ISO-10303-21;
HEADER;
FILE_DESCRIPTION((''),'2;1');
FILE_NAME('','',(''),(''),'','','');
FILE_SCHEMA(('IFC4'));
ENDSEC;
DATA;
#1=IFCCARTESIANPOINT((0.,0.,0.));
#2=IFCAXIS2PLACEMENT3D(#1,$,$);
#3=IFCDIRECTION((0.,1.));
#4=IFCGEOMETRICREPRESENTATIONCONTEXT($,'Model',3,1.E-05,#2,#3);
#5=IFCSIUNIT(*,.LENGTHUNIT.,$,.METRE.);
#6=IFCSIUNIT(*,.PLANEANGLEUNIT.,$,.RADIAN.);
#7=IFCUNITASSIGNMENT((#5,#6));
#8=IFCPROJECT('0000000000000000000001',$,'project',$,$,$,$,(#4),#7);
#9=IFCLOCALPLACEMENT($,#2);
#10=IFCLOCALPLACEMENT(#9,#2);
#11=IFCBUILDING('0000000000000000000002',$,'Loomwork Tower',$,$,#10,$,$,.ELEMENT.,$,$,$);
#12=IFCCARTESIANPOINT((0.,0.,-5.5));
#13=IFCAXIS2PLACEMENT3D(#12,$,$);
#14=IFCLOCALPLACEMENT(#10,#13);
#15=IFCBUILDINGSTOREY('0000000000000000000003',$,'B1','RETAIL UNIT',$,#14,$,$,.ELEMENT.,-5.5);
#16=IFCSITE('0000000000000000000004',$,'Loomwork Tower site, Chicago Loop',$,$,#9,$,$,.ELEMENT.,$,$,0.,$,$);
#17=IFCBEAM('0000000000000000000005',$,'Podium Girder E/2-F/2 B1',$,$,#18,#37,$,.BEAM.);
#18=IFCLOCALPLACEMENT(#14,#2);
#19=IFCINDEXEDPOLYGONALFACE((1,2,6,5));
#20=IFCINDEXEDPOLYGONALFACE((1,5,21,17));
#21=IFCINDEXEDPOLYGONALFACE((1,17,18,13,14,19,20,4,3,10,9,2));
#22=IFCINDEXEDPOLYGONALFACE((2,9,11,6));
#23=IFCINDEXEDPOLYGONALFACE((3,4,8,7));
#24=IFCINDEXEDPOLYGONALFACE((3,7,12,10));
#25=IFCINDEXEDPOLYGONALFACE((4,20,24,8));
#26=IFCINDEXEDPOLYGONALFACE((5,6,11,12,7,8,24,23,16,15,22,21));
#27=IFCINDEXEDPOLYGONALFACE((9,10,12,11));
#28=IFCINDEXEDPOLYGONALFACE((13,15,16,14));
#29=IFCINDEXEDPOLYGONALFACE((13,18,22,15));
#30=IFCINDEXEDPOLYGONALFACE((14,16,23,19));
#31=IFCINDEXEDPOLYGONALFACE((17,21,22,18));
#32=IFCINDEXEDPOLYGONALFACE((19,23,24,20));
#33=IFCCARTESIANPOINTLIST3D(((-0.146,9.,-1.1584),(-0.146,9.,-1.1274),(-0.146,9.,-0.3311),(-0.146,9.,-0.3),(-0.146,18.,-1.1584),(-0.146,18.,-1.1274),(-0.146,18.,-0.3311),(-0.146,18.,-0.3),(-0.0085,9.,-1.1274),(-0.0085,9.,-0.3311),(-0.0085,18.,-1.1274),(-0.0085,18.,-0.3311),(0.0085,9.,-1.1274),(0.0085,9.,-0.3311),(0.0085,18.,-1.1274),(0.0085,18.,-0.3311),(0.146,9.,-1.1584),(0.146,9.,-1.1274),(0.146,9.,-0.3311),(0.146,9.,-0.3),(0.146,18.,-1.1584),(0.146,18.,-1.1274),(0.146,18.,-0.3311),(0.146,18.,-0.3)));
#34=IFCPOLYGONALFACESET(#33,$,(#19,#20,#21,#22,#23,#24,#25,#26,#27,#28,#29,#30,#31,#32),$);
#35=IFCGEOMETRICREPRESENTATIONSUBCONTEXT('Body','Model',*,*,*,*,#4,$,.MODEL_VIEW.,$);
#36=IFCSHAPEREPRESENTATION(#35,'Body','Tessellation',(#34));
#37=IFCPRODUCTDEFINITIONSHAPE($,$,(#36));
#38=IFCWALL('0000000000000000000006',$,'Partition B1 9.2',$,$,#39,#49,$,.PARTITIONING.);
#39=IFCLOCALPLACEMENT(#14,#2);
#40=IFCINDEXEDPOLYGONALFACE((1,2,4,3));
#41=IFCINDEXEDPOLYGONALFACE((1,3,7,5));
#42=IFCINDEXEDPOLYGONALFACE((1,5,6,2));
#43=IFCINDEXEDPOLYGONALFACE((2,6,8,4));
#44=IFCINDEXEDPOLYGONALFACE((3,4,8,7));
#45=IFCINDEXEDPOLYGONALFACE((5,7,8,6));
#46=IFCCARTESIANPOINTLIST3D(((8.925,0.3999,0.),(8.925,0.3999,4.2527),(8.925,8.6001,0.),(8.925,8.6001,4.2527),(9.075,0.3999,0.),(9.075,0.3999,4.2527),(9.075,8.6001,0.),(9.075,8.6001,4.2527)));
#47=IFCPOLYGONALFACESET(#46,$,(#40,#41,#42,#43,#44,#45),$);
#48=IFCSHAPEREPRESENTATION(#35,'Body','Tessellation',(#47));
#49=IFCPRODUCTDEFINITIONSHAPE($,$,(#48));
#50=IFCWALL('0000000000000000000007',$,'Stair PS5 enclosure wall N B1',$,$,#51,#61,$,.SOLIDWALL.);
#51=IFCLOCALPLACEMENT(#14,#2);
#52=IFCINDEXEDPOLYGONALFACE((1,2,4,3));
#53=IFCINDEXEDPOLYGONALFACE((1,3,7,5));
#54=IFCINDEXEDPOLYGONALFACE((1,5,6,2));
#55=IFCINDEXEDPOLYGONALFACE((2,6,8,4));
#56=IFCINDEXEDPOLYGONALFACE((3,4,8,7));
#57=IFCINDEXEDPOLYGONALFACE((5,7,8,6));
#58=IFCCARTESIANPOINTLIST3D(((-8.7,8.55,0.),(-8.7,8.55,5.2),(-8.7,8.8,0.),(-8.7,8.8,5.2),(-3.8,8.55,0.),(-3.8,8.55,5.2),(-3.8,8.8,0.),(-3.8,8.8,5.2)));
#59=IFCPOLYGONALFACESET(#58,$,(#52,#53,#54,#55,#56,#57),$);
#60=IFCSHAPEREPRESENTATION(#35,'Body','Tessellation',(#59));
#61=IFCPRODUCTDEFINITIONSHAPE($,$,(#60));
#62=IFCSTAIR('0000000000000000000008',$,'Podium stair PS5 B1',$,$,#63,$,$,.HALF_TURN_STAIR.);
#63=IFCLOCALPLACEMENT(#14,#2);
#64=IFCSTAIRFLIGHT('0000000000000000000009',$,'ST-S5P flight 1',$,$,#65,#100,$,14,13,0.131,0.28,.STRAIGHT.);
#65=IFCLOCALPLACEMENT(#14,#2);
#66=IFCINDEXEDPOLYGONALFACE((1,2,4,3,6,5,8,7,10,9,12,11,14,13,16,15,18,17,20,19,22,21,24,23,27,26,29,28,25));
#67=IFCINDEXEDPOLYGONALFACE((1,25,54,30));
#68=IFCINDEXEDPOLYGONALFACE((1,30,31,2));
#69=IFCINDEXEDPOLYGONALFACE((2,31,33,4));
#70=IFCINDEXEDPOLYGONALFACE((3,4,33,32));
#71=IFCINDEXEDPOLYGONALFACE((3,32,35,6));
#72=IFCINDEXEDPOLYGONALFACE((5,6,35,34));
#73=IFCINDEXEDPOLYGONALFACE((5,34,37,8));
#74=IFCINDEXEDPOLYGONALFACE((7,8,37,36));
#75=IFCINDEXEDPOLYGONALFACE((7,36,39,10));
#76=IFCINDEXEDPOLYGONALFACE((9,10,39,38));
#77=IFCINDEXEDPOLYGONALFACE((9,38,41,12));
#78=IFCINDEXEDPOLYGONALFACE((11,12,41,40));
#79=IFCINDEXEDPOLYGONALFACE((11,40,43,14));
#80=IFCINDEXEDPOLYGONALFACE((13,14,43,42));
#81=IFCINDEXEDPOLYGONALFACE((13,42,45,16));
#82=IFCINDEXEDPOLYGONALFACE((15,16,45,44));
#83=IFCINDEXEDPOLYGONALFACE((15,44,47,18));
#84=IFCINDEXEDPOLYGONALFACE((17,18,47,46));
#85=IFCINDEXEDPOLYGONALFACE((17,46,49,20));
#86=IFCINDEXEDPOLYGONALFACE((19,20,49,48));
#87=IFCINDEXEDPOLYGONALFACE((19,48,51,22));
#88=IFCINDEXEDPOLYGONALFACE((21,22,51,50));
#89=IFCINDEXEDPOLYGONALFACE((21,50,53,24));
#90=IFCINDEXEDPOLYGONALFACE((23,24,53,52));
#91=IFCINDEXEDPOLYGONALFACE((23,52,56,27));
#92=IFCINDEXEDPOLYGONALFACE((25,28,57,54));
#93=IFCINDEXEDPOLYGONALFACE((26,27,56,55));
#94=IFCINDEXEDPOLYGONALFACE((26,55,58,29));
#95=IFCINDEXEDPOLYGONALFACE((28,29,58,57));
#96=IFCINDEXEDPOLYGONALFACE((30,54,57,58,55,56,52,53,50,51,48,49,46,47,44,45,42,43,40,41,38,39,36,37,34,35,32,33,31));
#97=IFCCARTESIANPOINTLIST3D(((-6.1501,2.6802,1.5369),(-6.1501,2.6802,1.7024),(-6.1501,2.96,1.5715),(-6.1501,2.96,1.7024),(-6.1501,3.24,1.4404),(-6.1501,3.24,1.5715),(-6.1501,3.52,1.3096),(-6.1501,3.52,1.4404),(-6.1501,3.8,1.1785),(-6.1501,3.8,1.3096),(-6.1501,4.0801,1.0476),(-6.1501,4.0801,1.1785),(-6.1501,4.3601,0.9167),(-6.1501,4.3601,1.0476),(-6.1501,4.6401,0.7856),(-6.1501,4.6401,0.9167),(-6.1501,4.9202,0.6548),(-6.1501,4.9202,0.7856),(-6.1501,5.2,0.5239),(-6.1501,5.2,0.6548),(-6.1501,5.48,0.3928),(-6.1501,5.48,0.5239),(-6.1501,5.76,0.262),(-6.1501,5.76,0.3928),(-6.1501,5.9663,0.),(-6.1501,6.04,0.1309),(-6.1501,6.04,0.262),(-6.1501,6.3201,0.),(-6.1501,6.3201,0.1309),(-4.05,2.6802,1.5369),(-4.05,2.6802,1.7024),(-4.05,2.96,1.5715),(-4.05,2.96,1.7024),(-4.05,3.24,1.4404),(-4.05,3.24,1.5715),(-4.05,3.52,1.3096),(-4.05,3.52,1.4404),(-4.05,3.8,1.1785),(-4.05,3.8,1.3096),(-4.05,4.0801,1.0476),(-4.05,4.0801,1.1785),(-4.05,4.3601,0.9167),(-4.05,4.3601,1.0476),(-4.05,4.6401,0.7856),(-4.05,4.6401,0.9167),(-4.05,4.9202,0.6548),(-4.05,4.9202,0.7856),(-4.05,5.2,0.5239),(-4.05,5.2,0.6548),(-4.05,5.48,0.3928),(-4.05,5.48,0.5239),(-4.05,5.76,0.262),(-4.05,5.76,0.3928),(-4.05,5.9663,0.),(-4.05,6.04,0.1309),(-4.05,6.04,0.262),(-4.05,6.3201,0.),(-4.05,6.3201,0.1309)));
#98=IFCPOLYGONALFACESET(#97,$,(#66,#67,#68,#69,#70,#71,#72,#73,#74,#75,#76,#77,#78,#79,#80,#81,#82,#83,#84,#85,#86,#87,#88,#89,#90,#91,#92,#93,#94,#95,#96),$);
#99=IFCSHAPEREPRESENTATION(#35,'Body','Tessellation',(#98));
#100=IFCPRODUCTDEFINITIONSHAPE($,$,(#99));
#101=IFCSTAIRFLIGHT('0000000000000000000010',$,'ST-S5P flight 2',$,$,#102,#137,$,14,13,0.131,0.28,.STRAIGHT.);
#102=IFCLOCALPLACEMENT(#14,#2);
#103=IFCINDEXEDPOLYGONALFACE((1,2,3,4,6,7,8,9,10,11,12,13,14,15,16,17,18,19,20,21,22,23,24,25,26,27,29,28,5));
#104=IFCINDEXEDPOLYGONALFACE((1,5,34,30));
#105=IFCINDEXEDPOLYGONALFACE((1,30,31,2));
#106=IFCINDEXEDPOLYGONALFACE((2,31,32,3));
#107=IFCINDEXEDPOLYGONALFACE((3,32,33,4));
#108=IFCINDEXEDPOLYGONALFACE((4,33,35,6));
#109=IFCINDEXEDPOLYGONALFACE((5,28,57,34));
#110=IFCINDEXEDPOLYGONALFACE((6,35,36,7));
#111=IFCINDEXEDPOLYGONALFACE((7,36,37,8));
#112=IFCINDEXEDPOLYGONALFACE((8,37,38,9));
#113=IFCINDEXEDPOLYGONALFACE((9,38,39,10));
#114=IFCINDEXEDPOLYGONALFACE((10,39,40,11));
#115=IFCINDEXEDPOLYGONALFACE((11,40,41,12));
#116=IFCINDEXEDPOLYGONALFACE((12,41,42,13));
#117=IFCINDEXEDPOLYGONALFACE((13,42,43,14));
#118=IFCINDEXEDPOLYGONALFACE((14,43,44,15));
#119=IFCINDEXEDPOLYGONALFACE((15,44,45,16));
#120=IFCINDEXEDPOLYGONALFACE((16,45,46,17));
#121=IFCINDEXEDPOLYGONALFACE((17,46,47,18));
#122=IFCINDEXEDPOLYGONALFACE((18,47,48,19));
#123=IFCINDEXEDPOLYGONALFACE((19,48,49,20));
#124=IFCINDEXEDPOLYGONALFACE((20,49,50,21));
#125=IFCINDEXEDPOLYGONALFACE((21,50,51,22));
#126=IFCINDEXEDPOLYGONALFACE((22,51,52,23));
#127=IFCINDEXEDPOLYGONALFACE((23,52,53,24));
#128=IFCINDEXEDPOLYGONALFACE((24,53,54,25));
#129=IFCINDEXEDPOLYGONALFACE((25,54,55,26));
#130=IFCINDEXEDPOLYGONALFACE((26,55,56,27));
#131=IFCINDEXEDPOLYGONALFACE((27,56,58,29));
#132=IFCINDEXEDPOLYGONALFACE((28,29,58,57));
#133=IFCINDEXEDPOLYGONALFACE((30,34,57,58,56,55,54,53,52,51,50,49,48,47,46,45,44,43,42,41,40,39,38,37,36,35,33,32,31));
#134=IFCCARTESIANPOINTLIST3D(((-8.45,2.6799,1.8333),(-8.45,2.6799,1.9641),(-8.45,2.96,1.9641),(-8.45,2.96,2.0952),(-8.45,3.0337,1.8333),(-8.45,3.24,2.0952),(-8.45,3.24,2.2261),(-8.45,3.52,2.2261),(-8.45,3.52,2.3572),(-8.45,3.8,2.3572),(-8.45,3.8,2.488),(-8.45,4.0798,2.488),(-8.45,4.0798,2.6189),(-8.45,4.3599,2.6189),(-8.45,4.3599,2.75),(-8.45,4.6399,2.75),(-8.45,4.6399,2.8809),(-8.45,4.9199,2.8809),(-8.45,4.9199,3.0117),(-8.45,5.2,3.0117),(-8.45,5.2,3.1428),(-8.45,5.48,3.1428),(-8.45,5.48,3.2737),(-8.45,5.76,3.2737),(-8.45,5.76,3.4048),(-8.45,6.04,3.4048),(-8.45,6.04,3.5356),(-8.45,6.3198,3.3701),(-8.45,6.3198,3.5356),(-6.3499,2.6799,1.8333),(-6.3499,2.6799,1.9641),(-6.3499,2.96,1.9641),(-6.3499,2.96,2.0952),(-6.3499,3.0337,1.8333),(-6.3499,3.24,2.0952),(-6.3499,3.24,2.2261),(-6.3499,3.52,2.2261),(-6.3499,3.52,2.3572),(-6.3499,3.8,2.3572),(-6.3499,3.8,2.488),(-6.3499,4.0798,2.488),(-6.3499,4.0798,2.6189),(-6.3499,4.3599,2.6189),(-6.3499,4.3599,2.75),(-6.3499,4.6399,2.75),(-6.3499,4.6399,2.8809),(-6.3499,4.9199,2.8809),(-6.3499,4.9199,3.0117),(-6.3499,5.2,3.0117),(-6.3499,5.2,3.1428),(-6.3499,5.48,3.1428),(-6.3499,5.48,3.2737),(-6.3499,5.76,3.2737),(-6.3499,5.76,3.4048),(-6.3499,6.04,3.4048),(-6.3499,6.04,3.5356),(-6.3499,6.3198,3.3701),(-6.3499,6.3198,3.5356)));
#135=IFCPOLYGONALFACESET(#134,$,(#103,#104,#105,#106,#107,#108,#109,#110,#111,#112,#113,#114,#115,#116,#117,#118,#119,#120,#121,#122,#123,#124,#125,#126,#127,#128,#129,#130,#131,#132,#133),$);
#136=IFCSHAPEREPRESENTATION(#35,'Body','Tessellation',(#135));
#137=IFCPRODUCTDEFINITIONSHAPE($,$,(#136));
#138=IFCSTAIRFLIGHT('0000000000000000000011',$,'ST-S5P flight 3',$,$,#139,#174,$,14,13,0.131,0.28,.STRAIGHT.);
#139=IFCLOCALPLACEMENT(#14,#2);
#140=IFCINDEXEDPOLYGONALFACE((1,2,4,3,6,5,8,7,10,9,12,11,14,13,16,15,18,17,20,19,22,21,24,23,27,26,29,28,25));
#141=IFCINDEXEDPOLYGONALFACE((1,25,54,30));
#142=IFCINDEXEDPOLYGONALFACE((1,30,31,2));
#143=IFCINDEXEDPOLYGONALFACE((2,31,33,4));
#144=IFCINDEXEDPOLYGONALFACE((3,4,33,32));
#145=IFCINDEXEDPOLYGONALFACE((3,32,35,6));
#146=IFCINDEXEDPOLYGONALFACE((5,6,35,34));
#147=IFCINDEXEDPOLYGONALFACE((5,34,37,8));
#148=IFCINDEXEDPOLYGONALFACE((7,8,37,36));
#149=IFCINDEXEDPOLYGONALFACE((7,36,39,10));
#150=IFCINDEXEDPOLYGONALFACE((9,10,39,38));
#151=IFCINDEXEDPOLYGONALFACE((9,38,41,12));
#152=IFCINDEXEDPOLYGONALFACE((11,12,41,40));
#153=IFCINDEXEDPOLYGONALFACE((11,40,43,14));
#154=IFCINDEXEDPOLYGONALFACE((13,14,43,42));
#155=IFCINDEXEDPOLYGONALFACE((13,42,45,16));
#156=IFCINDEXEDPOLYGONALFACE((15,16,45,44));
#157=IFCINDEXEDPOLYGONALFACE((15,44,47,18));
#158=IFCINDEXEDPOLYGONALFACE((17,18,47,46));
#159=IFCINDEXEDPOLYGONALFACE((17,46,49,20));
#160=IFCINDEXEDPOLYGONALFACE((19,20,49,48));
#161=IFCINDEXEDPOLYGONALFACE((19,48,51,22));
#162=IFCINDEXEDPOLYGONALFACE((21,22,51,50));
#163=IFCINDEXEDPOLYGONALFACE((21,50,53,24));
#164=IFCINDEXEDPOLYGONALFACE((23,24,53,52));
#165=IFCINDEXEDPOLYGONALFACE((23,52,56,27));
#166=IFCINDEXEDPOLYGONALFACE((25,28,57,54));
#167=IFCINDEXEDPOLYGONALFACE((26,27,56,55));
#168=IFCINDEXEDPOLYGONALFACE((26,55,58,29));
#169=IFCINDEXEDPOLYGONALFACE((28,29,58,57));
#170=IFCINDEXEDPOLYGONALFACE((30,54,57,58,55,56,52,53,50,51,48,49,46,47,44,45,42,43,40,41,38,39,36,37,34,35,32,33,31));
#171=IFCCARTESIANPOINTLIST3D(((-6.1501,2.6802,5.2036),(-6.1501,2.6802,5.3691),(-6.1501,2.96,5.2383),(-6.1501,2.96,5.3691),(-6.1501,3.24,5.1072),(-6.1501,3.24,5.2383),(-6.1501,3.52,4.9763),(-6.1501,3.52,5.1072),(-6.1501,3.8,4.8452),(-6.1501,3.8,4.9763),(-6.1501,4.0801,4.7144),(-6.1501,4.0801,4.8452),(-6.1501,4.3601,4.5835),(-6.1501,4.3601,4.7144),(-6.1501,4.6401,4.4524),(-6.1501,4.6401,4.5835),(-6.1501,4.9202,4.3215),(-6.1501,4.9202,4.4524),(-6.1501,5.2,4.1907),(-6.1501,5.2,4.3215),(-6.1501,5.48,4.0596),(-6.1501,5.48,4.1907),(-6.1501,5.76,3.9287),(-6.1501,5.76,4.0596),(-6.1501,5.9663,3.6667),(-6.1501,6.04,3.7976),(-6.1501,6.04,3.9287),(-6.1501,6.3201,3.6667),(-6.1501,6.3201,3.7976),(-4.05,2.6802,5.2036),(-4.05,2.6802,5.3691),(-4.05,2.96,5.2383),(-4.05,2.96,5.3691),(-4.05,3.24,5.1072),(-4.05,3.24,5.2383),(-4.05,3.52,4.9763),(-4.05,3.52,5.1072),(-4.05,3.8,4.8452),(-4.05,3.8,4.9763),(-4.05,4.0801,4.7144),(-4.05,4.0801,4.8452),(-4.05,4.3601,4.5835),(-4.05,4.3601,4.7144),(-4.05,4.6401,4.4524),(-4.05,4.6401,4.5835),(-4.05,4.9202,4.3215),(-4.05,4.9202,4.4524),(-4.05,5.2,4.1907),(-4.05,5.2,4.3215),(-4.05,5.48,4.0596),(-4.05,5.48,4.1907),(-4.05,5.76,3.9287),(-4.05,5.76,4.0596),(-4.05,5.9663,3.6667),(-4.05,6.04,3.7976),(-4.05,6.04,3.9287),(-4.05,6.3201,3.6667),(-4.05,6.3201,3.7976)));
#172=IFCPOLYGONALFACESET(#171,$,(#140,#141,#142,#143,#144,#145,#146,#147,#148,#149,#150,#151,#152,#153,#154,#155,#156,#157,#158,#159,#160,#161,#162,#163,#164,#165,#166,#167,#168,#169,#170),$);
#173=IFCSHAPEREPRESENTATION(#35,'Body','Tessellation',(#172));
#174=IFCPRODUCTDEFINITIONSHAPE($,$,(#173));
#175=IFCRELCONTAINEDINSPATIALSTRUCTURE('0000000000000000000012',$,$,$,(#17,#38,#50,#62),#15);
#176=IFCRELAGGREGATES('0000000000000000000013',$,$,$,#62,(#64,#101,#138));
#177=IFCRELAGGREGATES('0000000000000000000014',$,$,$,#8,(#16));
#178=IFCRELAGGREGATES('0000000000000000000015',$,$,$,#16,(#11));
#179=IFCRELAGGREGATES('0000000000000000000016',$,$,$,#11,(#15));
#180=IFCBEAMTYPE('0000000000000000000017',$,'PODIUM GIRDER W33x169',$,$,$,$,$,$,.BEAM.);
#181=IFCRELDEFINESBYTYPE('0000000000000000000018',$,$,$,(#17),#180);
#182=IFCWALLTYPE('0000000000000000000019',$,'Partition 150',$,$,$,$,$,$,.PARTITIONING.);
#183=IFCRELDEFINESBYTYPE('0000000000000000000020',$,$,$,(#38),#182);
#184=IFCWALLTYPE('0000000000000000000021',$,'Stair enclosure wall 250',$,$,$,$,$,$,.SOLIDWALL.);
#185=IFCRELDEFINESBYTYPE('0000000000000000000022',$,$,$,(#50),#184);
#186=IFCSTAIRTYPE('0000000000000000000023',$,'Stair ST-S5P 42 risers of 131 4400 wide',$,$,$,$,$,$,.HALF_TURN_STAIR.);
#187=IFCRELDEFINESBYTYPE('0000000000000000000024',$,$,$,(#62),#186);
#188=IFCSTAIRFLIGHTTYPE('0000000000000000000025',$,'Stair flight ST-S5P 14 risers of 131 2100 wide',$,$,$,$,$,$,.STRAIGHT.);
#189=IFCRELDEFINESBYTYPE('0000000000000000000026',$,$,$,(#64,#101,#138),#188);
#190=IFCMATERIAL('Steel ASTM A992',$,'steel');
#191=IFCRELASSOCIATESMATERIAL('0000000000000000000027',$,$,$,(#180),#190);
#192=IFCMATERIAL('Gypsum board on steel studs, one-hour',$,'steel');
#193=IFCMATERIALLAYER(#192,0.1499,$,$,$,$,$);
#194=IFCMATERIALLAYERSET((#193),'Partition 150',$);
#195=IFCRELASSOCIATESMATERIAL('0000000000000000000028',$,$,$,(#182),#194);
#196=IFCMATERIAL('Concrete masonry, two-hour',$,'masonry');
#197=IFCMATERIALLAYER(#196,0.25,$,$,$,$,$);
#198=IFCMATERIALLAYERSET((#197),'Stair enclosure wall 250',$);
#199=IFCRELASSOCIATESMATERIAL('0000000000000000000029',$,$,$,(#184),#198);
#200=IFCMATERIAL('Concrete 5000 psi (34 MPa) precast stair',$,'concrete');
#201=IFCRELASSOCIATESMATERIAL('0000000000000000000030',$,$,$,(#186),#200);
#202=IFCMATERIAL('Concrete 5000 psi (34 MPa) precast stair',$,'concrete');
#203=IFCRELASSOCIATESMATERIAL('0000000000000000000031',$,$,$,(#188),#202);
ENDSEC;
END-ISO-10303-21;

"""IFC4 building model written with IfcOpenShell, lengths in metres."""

from ifc_helpers import new_model, si_unit, direction, frame, frame_2d, origin, origin_2d, place, context, subcontext, project, spatial, polyline, rectangle, i_section, outline, extrude, material, layer, layer_set, material_profile, profile_set, type_object, element, aggregate, save


model = new_model("IFC4")

# Units and contexts
model_context = context("Model", 3, precision=1e-05, world=origin(), true_north=direction((0.0, 1.0)))
body_context = subcontext(model_context, "Body", "Model", "MODEL_VIEW")
ifc_project = project(units=[si_unit("LENGTHUNIT", "METRE"), si_unit("PLANEANGLEUNIT", "RADIAN")], contexts=[model_context])

# Site, building, storey
site_placement = place(None, origin())
site = spatial("IfcSite", under=ifc_project, at=site_placement, Name="Loomwork Tower site, Chicago Loop", CompositionType="ELEMENT", RefElevation=0.0)
building_placement = place(site_placement, origin())
building = spatial("IfcBuilding", under=site, at=building_placement, Name="Loomwork Tower", CompositionType="ELEMENT")
storey_placement = place(building_placement, frame((0.0, 0.0, -5.5)))
storey = spatial("IfcBuildingStorey", under=building, at=storey_placement, Name="B1", Description="RETAIL UNIT", CompositionType="ELEMENT", Elevation=-5.5)

# Beam
ifc_material_1 = material(Name="Steel ASTM A992", Category="steel")
ifc_material_profile_1 = material_profile(ifc_material_1, i_section(OverallWidth=0.292, OverallDepth=0.8584, WebThickness=0.0171, FlangeThickness=0.031, at=origin_2d()), Name="W33x169")
ifc_profile_set_1 = profile_set([ifc_material_profile_1], Name="Steel ASTM A992")
beam_type_1 = type_object("IfcBeamType", Name="PODIUM GIRDER W33x169", PredefinedType="BEAM", material=ifc_profile_set_1)
for number, where, z_axis, x_axis, name in (
    (1, (0.0, 9.0, -0.7292), (0.0, 1.0, 0.0), (-1.0, 0.0, 0.0), "Podium Girder E/2-F/2 B1"),
):
    element("IfcBeam", number, at=place(storey_placement, frame(where, z_axis=z_axis, x_axis=x_axis)), inside=storey, type_object=beam_type_1, Name=name, PredefinedType="BEAM", context=body_context, shape_type="SweptSolid", body=[
        extrude(i_section(OverallWidth=0.292, OverallDepth=0.8584, WebThickness=0.0171, FlangeThickness=0.031, at=origin_2d()), origin(), (0.0, 0.0, 1.0), 9.0),
    ])

# Walls
ifc_material_2 = material(Name="Gypsum board on steel studs, one-hour", Category="steel")
ifc_layer_1 = layer(ifc_material_2, 0.1499)
ifc_layer_set_1 = layer_set([ifc_layer_1], Name="Partition 150")
wall_type_1 = type_object("IfcWallType", Name="Partition 150", PredefinedType="PARTITIONING", material=ifc_layer_set_1)
wall_1_placement = place(storey_placement, frame((9.0, 8.6001, 0.0), z_axis=(0.0, 0.0, 1.0), x_axis=(0.0, -1.0, 0.0)))
element("IfcWall", 2, at=wall_1_placement, inside=storey, type_object=wall_type_1, Name="Partition B1 9.2", PredefinedType="PARTITIONING", context=body_context, shape_type="SweptSolid", body=[
    extrude(rectangle(XDim=8.2002, YDim=0.1499, at=frame_2d((4.1001, 0.0))), origin(), (0.0, 0.0, 1.0), 4.2527),
])
ifc_material_3 = material(Name="Concrete masonry, two-hour", Category="masonry")
ifc_layer_2 = layer(ifc_material_3, 0.25)
ifc_layer_set_2 = layer_set([ifc_layer_2], Name="Stair enclosure wall 250")
wall_type_2 = type_object("IfcWallType", Name="Stair enclosure wall 250", PredefinedType="SOLIDWALL", material=ifc_layer_set_2)
wall_2_placement = place(storey_placement, frame((-8.7, 8.675, 0.0), z_axis=(0.0, 0.0, 1.0), x_axis=(1.0, 0.0, 0.0)))
element("IfcWall", 3, at=wall_2_placement, inside=storey, type_object=wall_type_2, Name="Stair PS5 enclosure wall N B1", PredefinedType="SOLIDWALL", context=body_context, shape_type="SweptSolid", body=[
    extrude(rectangle(XDim=4.8999, YDim=0.25, at=frame_2d((2.45, 0.0))), origin(), (0.0, 0.0, 1.0), 5.2),
])

# Stair, stair flights
ifc_material_4 = material(Name="Concrete 5000 psi (34 MPa) precast stair", Category="concrete")
stair_type = type_object("IfcStairType", Name="Stair ST-S5P 42 risers of 131 4400 wide", PredefinedType="HALF_TURN_STAIR", material=ifc_material_4)
stair_placement = place(storey_placement, origin())
stair = element("IfcStair", 4, at=stair_placement, inside=storey, type_object=stair_type, Name="Podium stair PS5 B1", PredefinedType="HALF_TURN_STAIR")
ifc_material_5 = material(Name="Concrete 5000 psi (34 MPa) precast stair", Category="concrete")
stair_flight_type = type_object("IfcStairFlightType", Name="Stair flight ST-S5P 14 risers of 131 2100 wide", PredefinedType="STRAIGHT", material=ifc_material_5)
stair_flight_1_placement = place(storey_placement, frame((-5.1001, 6.3201, 0.0), z_axis=(0.0, 0.0, 1.0), x_axis=(0.0, -1.0, 0.0)))
stair_flight_1 = element("IfcStairFlight", 5, at=stair_flight_1_placement, type_object=stair_flight_type, Name="ST-S5P flight 1", NumberOfRisers=14, NumberOfTreads=13, PredefinedType="STRAIGHT", RiserHeight=0.131, TreadLength=0.28, context=body_context, shape_type="SweptSolid", body=[
    extrude(outline(polyline([(0.0, 0.0), (0.0, 0.1309), (0.28, 0.1309), (0.28, 0.262), (0.5601, 0.262), (0.5601, 0.3928), (0.8401, 0.3928), (0.8401, 0.5239), (1.1201, 0.5239), (1.1201, 0.6548), (1.3999, 0.6548), (1.3999, 0.7856), (1.6799, 0.7856), (1.6799, 0.9167), (1.96, 0.9167), (1.96, 1.0476), (2.24, 1.0476), (2.24, 1.1785), (2.52, 1.1785), (2.52, 1.3096), (2.8, 1.3096), (2.8, 1.4404), (3.0801, 1.4404), (3.0801, 1.5715), (3.3601, 1.5715), (3.3601, 1.7024), (3.6399, 1.7024), (3.6399, 1.8333), (3.6399, 1.5369), (0.3538, 0.0), (0.0, 0.0)])), frame((0.0, 1.05, 0.0), z_axis=(0.0, -1.0, 0.0), x_axis=(1.0, 0.0, 0.0)), (0.0, 0.0, 1.0), 2.1001),
])
stair_flight_2_placement = place(storey_placement, frame((-7.3999, 2.6799, 1.8333), z_axis=(0.0, 0.0, 1.0), x_axis=(0.0, 1.0, 0.0)))
stair_flight_2 = element("IfcStairFlight", 6, at=stair_flight_2_placement, type_object=stair_flight_type, Name="ST-S5P flight 2", NumberOfRisers=14, NumberOfTreads=13, PredefinedType="STRAIGHT", RiserHeight=0.131, TreadLength=0.28, context=body_context, shape_type="SweptSolid", body=[
    extrude(outline(polyline([(0.0, 0.0), (0.0, 0.1309), (0.28, 0.1309), (0.28, 0.262), (0.5601, 0.262), (0.5601, 0.3928), (0.8401, 0.3928), (0.8401, 0.5239), (1.1201, 0.5239), (1.1201, 0.6548), (1.3999, 0.6548), (1.3999, 0.7856), (1.6799, 0.7856), (1.6799, 0.9167), (1.96, 0.9167), (1.96, 1.0476), (2.24, 1.0476), (2.24, 1.1785), (2.52, 1.1785), (2.52, 1.3096), (2.8, 1.3096), (2.8, 1.4404), (3.0801, 1.4404), (3.0801, 1.5715), (3.3601, 1.5715), (3.3601, 1.7024), (3.6399, 1.7024), (3.6399, 1.8333), (3.6399, 1.5369), (0.3538, 0.0), (0.0, 0.0)])), frame((0.0, 1.05, 0.0), z_axis=(0.0, -1.0, 0.0), x_axis=(1.0, 0.0, 0.0)), (0.0, 0.0, 1.0), 2.1001),
])
stair_flight_3_placement = place(storey_placement, frame((-5.1001, 6.3201, 3.6667), z_axis=(0.0, 0.0, 1.0), x_axis=(0.0, -1.0, 0.0)))
stair_flight_3 = element("IfcStairFlight", 7, at=stair_flight_3_placement, type_object=stair_flight_type, Name="ST-S5P flight 3", NumberOfRisers=14, NumberOfTreads=13, PredefinedType="STRAIGHT", RiserHeight=0.131, TreadLength=0.28, context=body_context, shape_type="SweptSolid", body=[
    extrude(outline(polyline([(0.0, 0.0), (0.0, 0.1309), (0.28, 0.1309), (0.28, 0.262), (0.5601, 0.262), (0.5601, 0.3928), (0.8401, 0.3928), (0.8401, 0.5239), (1.1201, 0.5239), (1.1201, 0.6548), (1.3999, 0.6548), (1.3999, 0.7856), (1.6799, 0.7856), (1.6799, 0.9167), (1.96, 0.9167), (1.96, 1.0476), (2.24, 1.0476), (2.24, 1.1785), (2.52, 1.1785), (2.52, 1.3096), (2.8, 1.3096), (2.8, 1.4404), (3.0801, 1.4404), (3.0801, 1.5715), (3.3601, 1.5715), (3.3601, 1.7024), (3.6399, 1.7024), (3.6399, 1.8333), (3.6399, 1.5369), (0.3538, 0.0), (0.0, 0.0)])), frame((0.0, 1.05, 0.0), z_axis=(0.0, -1.0, 0.0), x_axis=(1.0, 0.0, 0.0)), (0.0, 0.0, 1.0), 2.1001),
])
aggregate(stair, [stair_flight_1, stair_flight_2, stair_flight_3])

save(model, "model.ifc")
